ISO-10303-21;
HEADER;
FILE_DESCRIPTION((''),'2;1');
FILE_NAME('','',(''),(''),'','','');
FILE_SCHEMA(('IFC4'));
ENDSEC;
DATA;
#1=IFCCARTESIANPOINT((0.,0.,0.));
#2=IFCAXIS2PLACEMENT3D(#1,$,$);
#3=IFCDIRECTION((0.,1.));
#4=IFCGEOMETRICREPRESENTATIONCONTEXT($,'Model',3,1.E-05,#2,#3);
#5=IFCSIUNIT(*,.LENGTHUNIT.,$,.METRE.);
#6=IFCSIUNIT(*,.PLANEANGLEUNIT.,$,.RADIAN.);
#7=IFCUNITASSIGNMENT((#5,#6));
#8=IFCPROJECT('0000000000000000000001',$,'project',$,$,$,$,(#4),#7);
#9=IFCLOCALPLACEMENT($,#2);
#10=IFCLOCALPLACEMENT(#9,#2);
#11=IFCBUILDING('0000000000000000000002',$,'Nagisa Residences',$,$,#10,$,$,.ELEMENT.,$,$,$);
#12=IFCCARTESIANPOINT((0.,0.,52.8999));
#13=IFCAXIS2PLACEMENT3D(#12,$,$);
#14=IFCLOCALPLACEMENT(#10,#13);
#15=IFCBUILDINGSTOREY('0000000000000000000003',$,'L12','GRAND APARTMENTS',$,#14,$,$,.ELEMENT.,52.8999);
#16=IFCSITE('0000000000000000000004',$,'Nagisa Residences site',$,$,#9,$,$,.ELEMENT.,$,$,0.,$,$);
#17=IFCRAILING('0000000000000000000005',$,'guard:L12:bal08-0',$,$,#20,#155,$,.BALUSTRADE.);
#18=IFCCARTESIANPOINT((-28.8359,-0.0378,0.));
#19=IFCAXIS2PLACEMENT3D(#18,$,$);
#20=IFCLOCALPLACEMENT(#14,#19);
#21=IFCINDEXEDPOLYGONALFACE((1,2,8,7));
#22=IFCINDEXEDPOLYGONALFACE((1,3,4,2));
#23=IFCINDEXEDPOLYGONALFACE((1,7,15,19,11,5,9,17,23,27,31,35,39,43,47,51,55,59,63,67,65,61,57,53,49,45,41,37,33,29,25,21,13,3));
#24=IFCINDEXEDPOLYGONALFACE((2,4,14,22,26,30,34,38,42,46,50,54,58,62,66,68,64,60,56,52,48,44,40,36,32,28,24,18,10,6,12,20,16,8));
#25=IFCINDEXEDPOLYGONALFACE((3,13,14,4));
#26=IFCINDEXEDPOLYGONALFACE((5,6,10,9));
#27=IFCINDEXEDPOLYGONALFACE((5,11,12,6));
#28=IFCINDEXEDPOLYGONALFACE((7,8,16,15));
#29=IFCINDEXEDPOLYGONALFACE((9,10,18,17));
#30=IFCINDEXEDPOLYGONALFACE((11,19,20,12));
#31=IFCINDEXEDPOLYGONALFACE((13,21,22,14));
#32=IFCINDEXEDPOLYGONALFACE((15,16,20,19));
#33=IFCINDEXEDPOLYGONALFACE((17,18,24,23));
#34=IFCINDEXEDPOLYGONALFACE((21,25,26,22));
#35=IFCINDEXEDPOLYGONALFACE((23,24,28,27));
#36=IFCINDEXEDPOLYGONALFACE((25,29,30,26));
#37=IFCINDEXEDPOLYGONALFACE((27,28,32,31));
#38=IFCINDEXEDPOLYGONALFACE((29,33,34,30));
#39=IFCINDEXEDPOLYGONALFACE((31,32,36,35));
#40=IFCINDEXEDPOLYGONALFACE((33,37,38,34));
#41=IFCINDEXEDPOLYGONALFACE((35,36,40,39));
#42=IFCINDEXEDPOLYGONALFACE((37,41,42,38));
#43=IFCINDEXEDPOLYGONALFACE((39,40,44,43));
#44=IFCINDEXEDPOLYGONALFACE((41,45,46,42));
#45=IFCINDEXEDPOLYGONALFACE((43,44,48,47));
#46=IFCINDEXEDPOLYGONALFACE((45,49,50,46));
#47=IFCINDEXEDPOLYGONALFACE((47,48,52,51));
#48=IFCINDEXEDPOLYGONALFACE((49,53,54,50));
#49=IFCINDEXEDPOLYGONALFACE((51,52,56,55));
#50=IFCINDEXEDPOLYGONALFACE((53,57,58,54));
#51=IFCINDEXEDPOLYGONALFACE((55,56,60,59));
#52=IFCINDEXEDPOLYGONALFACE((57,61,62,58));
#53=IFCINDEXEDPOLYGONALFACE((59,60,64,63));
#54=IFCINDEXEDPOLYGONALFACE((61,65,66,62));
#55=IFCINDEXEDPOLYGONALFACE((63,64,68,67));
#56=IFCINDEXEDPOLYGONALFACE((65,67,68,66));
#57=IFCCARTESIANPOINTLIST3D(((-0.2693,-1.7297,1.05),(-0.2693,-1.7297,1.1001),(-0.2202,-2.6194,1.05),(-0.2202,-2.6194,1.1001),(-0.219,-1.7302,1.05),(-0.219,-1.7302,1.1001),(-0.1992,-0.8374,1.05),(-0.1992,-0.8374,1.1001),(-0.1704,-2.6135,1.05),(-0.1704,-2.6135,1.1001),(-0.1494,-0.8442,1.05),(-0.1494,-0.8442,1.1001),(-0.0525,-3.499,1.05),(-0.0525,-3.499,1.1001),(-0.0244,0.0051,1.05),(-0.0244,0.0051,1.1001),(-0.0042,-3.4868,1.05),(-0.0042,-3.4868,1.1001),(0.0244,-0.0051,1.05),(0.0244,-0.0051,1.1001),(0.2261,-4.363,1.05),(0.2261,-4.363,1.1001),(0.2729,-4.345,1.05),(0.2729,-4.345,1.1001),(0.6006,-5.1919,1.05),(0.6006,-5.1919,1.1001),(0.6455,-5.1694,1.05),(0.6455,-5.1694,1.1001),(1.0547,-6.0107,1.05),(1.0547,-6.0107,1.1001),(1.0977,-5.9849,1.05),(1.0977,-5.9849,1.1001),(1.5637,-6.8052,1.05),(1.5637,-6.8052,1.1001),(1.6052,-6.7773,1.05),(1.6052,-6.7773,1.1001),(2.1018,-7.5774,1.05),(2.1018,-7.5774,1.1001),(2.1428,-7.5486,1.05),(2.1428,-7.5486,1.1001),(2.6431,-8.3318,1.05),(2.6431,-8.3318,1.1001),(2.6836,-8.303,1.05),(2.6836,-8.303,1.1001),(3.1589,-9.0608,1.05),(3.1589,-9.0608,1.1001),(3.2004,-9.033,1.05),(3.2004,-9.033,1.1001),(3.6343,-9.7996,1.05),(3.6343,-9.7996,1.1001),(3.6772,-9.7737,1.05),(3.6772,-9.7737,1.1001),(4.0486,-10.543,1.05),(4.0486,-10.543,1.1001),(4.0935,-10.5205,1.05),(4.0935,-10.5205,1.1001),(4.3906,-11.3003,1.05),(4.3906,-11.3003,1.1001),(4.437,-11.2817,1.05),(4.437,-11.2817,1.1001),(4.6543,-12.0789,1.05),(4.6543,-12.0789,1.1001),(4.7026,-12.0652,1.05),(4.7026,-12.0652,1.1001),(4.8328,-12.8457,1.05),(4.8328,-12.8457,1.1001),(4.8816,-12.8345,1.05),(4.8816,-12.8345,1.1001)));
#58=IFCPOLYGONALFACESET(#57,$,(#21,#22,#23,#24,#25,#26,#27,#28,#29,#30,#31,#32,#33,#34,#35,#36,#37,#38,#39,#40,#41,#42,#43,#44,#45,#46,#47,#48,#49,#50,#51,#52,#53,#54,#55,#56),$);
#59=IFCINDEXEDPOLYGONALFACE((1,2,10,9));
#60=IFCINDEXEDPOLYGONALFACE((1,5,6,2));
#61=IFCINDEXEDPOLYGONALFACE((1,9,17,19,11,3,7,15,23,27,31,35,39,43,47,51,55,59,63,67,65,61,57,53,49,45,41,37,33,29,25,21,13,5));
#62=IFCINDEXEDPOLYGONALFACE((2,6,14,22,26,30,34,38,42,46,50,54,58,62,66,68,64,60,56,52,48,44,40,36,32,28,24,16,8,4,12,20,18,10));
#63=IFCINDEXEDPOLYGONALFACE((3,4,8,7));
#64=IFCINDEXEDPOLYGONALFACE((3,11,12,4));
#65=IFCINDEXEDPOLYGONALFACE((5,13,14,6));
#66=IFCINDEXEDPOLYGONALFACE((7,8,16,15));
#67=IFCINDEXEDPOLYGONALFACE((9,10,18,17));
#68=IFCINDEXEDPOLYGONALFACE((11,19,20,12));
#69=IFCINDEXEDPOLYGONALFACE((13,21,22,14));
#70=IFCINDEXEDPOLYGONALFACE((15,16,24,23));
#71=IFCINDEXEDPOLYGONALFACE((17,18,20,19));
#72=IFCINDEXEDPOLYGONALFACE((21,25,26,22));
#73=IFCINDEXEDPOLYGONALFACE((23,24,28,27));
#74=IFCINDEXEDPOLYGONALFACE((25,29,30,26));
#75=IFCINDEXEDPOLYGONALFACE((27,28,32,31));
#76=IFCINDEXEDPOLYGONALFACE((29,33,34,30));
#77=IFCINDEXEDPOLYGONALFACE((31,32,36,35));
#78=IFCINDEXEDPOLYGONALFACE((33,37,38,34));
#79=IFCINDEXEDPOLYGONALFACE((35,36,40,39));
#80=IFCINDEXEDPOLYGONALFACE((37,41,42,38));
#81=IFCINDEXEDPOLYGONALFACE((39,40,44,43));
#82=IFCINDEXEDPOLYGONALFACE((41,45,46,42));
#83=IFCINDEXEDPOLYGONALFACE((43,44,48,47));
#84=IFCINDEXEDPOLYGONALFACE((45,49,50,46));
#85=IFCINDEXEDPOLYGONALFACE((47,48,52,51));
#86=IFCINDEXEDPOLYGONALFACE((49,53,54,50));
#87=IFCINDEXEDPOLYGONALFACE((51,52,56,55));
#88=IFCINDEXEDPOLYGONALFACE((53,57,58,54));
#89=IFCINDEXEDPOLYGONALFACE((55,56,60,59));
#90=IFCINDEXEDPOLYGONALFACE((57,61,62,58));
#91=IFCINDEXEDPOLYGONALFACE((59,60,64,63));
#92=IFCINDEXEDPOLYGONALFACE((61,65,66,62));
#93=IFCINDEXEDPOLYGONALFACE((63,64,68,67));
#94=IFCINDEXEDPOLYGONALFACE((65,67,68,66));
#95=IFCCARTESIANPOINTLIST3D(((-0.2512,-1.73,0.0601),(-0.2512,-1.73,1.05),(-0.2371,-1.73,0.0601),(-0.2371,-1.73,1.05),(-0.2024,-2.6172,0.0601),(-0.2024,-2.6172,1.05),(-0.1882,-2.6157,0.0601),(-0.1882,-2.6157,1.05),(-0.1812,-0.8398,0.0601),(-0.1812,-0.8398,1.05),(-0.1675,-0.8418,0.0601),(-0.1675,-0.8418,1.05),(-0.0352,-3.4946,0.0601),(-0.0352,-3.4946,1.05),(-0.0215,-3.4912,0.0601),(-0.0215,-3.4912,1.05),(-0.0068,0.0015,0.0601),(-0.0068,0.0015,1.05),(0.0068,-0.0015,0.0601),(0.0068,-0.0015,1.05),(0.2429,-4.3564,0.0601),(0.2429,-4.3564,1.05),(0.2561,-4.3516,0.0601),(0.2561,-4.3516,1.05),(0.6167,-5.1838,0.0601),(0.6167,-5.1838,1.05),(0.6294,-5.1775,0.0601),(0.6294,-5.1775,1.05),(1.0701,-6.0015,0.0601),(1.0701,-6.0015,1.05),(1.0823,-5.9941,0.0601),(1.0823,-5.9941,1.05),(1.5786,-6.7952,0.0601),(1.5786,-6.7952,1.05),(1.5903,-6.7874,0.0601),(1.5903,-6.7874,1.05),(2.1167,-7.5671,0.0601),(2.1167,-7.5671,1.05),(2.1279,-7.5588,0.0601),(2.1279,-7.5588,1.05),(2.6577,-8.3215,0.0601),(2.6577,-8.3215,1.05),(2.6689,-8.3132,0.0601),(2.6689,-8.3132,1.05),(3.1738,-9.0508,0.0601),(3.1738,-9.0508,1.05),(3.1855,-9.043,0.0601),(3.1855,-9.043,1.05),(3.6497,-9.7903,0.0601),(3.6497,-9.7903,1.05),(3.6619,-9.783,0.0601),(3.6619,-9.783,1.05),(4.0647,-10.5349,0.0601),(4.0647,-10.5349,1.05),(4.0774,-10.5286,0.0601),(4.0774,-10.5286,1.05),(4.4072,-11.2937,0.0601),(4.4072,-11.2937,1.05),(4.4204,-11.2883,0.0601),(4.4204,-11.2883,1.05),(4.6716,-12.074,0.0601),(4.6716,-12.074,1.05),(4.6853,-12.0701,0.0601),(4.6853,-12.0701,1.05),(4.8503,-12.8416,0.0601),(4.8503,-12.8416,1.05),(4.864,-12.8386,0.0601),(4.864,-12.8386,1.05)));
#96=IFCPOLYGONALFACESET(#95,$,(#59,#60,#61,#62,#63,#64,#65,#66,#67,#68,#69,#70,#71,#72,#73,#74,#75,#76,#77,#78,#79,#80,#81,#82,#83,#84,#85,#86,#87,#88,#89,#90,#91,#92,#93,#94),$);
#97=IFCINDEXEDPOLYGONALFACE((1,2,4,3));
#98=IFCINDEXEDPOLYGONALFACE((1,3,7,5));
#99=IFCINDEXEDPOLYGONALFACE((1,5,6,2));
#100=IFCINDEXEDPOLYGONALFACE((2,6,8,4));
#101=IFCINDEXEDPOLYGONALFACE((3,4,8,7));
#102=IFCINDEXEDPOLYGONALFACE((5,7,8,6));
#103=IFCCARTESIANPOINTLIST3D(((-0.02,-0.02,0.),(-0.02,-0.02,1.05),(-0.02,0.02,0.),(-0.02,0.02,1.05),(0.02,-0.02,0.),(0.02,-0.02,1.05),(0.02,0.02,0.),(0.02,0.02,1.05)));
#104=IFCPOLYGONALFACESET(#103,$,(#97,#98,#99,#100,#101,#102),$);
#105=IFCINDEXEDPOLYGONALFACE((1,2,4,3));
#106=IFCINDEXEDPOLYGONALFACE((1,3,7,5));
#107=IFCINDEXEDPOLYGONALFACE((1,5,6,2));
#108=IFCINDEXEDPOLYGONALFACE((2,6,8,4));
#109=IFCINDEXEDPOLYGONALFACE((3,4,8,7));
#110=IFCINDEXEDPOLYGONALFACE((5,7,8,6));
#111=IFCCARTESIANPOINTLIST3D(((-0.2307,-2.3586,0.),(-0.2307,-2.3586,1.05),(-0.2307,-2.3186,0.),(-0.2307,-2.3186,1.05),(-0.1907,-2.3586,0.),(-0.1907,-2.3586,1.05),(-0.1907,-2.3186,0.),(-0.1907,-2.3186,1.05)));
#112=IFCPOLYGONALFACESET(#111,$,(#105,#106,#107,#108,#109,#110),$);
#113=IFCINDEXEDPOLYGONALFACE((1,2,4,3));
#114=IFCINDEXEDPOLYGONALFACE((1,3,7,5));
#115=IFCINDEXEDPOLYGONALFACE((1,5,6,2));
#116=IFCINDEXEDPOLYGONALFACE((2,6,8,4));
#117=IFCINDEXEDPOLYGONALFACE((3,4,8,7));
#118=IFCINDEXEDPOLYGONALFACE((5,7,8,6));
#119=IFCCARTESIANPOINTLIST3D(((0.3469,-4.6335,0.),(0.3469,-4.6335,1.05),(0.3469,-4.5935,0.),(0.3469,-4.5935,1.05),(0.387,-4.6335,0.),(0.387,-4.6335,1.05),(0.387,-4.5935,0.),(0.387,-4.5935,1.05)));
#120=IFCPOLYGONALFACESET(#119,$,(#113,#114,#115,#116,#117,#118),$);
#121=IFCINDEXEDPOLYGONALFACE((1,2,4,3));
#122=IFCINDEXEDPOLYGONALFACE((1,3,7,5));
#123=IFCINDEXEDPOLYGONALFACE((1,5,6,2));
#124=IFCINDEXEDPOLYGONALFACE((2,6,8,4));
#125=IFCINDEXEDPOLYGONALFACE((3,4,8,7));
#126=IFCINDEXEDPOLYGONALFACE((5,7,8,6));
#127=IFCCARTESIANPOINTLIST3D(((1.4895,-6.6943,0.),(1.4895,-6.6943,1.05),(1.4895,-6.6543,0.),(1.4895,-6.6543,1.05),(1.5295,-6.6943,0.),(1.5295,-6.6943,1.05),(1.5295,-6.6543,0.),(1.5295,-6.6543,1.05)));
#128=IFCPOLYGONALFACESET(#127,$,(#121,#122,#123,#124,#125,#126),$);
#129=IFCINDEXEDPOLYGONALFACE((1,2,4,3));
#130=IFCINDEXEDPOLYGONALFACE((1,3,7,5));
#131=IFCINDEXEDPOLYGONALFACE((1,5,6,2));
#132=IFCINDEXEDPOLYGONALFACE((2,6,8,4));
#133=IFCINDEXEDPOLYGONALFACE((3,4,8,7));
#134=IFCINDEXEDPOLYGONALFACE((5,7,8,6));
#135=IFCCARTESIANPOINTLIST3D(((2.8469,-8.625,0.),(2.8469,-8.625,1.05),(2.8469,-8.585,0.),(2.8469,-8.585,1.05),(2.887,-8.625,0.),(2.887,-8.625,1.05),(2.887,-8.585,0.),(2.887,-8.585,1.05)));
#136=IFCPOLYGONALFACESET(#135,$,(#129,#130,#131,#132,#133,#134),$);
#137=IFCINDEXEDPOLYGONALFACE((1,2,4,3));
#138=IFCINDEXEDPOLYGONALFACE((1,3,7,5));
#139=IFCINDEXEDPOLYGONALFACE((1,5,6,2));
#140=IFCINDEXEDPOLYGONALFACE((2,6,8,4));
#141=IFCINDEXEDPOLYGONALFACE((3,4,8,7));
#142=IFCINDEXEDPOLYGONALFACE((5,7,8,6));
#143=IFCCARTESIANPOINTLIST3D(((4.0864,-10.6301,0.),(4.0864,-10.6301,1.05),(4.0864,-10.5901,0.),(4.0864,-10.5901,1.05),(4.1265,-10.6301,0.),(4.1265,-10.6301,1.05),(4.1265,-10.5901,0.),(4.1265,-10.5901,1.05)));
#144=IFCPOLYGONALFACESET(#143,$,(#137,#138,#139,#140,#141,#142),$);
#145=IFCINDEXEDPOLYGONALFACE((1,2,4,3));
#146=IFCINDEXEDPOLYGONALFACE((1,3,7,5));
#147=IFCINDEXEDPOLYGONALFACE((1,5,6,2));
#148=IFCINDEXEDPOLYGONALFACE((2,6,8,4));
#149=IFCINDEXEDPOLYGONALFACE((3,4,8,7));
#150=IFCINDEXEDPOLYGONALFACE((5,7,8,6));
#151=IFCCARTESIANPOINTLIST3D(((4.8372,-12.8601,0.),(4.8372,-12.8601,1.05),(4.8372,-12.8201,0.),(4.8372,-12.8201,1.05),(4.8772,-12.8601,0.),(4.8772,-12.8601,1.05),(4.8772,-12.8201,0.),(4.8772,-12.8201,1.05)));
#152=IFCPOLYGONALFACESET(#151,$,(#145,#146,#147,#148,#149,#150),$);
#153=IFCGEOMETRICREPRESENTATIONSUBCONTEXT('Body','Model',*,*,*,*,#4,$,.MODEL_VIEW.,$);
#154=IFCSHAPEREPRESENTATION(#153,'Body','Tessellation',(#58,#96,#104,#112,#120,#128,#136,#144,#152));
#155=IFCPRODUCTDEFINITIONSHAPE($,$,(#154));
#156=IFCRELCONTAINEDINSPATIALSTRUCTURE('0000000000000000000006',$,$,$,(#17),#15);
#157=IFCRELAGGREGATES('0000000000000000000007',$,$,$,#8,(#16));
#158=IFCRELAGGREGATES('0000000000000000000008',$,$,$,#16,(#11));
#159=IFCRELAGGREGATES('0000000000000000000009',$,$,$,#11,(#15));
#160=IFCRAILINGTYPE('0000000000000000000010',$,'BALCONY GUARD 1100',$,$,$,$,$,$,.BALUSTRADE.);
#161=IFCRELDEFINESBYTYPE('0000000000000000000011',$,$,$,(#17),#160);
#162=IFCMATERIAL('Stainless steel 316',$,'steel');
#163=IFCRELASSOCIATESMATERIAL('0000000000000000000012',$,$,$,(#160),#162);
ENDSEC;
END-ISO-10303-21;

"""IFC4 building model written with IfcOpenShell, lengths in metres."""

from ifc_helpers import new_model, si_unit, direction, frame, origin, origin_2d, place, context, subcontext, project, spatial, polyline, rectangle, outline, extrude, material, type_object, element, save


model = new_model("IFC4")

# Units and contexts
model_context = context("Model", 3, precision=1e-05, world=origin(), true_north=direction((0.0, 1.0)))
body_context = subcontext(model_context, "Body", "Model", "MODEL_VIEW")
ifc_project = project(units=[si_unit("LENGTHUNIT", "METRE"), si_unit("PLANEANGLEUNIT", "RADIAN")], contexts=[model_context])

# Site, building, storey
site_placement = place(None, origin())
site = spatial("IfcSite", under=ifc_project, at=site_placement, Name="Nagisa Residences site", CompositionType="ELEMENT", RefElevation=0.0)
building_placement = place(site_placement, origin())
building = spatial("IfcBuilding", under=site, at=building_placement, Name="Nagisa Residences", CompositionType="ELEMENT")
storey_placement = place(building_placement, frame((0.0, 0.0, 52.8999)))
storey = spatial("IfcBuildingStorey", under=building, at=storey_placement, Name="L12", Description="GRAND APARTMENTS", CompositionType="ELEMENT", Elevation=52.8999)

# Railing
ifc_material_1 = material(Name="Stainless steel 316", Category="steel")
railing_type = type_object("IfcRailingType", Name="BALCONY GUARD 1100", PredefinedType="BALUSTRADE", material=ifc_material_1)
railing_placement = place(storey_placement, frame((-28.8359, -0.0378, 0.0)))
element("IfcRailing", 1, at=railing_placement, inside=storey, type_object=railing_type, Name="guard:L12:bal08-0", PredefinedType="BALUSTRADE", context=body_context, shape_type="SweptSolid", body=[
    extrude(outline(polyline([(-0.1494, -0.8442), (0.0244, -0.0051), (-0.0244, 0.0051), (-0.1992, -0.8374), (-0.2693, -1.7297), (-0.2202, -2.6194), (-0.0525, -3.499), (0.2261, -4.363), (0.6006, -5.1919), (1.0547, -6.0107), (1.5637, -6.8052), (2.1018, -7.5774), (2.6431, -8.3318), (3.1589, -9.0608), (3.6343, -9.7996), (4.0486, -10.543), (4.3906, -11.3003), (4.6543, -12.0789), (4.8328, -12.8457), (4.8816, -12.8345), (4.7026, -12.0652), (4.437, -11.2817), (4.0935, -10.5205), (3.6772, -9.7737), (3.2004, -9.033), (2.6836, -8.303), (2.1428, -7.5486), (1.6052, -6.7773), (1.0977, -5.9849), (0.6455, -5.1694), (0.2729, -4.345), (-0.0042, -3.4868), (-0.1704, -2.6135), (-0.219, -1.7302), (-0.1494, -0.8442)])), frame((0.0, 0.0, 1.05)), (0.0, 0.0, 1.0), 0.05),
    extrude(outline(polyline([(-0.1675, -0.8418), (0.0068, -0.0015), (-0.0068, 0.0015), (-0.1812, -0.8398), (-0.2512, -1.73), (-0.2024, -2.6172), (-0.0352, -3.4946), (0.2429, -4.3564), (0.6167, -5.1838), (1.0701, -6.0015), (1.5786, -6.7952), (2.1167, -7.5671), (2.6577, -8.3215), (3.1738, -9.0508), (3.6497, -9.7903), (4.0647, -10.5349), (4.4072, -11.2937), (4.6716, -12.074), (4.8503, -12.8416), (4.864, -12.8386), (4.6853, -12.0701), (4.4204, -11.2883), (4.0774, -10.5286), (3.6619, -9.783), (3.1855, -9.043), (2.6689, -8.3132), (2.1279, -7.5588), (1.5903, -6.7874), (1.0823, -5.9941), (0.6294, -5.1775), (0.2561, -4.3516), (-0.0215, -3.4912), (-0.1882, -2.6157), (-0.2371, -1.73), (-0.1675, -0.8418)])), frame((0.0, 0.0, 0.0601)), (0.0, 0.0, 1.0), 0.99),
    extrude(rectangle(XDim=0.04, YDim=0.04, at=origin_2d()), origin(), (0.0, 0.0, 1.0), 1.05),
    extrude(rectangle(XDim=0.04, YDim=0.04, at=origin_2d()), frame((-0.2107, -2.3386, 0.0)), (0.0, 0.0, 1.0), 1.05),
    extrude(rectangle(XDim=0.04, YDim=0.04, at=origin_2d()), frame((0.3669, -4.6135, 0.0)), (0.0, 0.0, 1.0), 1.05),
    extrude(rectangle(XDim=0.04, YDim=0.04, at=origin_2d()), frame((1.5095, -6.6743, 0.0)), (0.0, 0.0, 1.0), 1.05),
    extrude(rectangle(XDim=0.04, YDim=0.04, at=origin_2d()), frame((2.8669, -8.605, 0.0)), (0.0, 0.0, 1.0), 1.05),
    extrude(rectangle(XDim=0.04, YDim=0.04, at=origin_2d()), frame((4.1064, -10.6101, 0.0)), (0.0, 0.0, 1.0), 1.05),
    extrude(rectangle(XDim=0.04, YDim=0.04, at=origin_2d()), frame((4.8572, -12.8401, 0.0)), (0.0, 0.0, 1.0), 1.05),
])

save(model, "model.ifc")
